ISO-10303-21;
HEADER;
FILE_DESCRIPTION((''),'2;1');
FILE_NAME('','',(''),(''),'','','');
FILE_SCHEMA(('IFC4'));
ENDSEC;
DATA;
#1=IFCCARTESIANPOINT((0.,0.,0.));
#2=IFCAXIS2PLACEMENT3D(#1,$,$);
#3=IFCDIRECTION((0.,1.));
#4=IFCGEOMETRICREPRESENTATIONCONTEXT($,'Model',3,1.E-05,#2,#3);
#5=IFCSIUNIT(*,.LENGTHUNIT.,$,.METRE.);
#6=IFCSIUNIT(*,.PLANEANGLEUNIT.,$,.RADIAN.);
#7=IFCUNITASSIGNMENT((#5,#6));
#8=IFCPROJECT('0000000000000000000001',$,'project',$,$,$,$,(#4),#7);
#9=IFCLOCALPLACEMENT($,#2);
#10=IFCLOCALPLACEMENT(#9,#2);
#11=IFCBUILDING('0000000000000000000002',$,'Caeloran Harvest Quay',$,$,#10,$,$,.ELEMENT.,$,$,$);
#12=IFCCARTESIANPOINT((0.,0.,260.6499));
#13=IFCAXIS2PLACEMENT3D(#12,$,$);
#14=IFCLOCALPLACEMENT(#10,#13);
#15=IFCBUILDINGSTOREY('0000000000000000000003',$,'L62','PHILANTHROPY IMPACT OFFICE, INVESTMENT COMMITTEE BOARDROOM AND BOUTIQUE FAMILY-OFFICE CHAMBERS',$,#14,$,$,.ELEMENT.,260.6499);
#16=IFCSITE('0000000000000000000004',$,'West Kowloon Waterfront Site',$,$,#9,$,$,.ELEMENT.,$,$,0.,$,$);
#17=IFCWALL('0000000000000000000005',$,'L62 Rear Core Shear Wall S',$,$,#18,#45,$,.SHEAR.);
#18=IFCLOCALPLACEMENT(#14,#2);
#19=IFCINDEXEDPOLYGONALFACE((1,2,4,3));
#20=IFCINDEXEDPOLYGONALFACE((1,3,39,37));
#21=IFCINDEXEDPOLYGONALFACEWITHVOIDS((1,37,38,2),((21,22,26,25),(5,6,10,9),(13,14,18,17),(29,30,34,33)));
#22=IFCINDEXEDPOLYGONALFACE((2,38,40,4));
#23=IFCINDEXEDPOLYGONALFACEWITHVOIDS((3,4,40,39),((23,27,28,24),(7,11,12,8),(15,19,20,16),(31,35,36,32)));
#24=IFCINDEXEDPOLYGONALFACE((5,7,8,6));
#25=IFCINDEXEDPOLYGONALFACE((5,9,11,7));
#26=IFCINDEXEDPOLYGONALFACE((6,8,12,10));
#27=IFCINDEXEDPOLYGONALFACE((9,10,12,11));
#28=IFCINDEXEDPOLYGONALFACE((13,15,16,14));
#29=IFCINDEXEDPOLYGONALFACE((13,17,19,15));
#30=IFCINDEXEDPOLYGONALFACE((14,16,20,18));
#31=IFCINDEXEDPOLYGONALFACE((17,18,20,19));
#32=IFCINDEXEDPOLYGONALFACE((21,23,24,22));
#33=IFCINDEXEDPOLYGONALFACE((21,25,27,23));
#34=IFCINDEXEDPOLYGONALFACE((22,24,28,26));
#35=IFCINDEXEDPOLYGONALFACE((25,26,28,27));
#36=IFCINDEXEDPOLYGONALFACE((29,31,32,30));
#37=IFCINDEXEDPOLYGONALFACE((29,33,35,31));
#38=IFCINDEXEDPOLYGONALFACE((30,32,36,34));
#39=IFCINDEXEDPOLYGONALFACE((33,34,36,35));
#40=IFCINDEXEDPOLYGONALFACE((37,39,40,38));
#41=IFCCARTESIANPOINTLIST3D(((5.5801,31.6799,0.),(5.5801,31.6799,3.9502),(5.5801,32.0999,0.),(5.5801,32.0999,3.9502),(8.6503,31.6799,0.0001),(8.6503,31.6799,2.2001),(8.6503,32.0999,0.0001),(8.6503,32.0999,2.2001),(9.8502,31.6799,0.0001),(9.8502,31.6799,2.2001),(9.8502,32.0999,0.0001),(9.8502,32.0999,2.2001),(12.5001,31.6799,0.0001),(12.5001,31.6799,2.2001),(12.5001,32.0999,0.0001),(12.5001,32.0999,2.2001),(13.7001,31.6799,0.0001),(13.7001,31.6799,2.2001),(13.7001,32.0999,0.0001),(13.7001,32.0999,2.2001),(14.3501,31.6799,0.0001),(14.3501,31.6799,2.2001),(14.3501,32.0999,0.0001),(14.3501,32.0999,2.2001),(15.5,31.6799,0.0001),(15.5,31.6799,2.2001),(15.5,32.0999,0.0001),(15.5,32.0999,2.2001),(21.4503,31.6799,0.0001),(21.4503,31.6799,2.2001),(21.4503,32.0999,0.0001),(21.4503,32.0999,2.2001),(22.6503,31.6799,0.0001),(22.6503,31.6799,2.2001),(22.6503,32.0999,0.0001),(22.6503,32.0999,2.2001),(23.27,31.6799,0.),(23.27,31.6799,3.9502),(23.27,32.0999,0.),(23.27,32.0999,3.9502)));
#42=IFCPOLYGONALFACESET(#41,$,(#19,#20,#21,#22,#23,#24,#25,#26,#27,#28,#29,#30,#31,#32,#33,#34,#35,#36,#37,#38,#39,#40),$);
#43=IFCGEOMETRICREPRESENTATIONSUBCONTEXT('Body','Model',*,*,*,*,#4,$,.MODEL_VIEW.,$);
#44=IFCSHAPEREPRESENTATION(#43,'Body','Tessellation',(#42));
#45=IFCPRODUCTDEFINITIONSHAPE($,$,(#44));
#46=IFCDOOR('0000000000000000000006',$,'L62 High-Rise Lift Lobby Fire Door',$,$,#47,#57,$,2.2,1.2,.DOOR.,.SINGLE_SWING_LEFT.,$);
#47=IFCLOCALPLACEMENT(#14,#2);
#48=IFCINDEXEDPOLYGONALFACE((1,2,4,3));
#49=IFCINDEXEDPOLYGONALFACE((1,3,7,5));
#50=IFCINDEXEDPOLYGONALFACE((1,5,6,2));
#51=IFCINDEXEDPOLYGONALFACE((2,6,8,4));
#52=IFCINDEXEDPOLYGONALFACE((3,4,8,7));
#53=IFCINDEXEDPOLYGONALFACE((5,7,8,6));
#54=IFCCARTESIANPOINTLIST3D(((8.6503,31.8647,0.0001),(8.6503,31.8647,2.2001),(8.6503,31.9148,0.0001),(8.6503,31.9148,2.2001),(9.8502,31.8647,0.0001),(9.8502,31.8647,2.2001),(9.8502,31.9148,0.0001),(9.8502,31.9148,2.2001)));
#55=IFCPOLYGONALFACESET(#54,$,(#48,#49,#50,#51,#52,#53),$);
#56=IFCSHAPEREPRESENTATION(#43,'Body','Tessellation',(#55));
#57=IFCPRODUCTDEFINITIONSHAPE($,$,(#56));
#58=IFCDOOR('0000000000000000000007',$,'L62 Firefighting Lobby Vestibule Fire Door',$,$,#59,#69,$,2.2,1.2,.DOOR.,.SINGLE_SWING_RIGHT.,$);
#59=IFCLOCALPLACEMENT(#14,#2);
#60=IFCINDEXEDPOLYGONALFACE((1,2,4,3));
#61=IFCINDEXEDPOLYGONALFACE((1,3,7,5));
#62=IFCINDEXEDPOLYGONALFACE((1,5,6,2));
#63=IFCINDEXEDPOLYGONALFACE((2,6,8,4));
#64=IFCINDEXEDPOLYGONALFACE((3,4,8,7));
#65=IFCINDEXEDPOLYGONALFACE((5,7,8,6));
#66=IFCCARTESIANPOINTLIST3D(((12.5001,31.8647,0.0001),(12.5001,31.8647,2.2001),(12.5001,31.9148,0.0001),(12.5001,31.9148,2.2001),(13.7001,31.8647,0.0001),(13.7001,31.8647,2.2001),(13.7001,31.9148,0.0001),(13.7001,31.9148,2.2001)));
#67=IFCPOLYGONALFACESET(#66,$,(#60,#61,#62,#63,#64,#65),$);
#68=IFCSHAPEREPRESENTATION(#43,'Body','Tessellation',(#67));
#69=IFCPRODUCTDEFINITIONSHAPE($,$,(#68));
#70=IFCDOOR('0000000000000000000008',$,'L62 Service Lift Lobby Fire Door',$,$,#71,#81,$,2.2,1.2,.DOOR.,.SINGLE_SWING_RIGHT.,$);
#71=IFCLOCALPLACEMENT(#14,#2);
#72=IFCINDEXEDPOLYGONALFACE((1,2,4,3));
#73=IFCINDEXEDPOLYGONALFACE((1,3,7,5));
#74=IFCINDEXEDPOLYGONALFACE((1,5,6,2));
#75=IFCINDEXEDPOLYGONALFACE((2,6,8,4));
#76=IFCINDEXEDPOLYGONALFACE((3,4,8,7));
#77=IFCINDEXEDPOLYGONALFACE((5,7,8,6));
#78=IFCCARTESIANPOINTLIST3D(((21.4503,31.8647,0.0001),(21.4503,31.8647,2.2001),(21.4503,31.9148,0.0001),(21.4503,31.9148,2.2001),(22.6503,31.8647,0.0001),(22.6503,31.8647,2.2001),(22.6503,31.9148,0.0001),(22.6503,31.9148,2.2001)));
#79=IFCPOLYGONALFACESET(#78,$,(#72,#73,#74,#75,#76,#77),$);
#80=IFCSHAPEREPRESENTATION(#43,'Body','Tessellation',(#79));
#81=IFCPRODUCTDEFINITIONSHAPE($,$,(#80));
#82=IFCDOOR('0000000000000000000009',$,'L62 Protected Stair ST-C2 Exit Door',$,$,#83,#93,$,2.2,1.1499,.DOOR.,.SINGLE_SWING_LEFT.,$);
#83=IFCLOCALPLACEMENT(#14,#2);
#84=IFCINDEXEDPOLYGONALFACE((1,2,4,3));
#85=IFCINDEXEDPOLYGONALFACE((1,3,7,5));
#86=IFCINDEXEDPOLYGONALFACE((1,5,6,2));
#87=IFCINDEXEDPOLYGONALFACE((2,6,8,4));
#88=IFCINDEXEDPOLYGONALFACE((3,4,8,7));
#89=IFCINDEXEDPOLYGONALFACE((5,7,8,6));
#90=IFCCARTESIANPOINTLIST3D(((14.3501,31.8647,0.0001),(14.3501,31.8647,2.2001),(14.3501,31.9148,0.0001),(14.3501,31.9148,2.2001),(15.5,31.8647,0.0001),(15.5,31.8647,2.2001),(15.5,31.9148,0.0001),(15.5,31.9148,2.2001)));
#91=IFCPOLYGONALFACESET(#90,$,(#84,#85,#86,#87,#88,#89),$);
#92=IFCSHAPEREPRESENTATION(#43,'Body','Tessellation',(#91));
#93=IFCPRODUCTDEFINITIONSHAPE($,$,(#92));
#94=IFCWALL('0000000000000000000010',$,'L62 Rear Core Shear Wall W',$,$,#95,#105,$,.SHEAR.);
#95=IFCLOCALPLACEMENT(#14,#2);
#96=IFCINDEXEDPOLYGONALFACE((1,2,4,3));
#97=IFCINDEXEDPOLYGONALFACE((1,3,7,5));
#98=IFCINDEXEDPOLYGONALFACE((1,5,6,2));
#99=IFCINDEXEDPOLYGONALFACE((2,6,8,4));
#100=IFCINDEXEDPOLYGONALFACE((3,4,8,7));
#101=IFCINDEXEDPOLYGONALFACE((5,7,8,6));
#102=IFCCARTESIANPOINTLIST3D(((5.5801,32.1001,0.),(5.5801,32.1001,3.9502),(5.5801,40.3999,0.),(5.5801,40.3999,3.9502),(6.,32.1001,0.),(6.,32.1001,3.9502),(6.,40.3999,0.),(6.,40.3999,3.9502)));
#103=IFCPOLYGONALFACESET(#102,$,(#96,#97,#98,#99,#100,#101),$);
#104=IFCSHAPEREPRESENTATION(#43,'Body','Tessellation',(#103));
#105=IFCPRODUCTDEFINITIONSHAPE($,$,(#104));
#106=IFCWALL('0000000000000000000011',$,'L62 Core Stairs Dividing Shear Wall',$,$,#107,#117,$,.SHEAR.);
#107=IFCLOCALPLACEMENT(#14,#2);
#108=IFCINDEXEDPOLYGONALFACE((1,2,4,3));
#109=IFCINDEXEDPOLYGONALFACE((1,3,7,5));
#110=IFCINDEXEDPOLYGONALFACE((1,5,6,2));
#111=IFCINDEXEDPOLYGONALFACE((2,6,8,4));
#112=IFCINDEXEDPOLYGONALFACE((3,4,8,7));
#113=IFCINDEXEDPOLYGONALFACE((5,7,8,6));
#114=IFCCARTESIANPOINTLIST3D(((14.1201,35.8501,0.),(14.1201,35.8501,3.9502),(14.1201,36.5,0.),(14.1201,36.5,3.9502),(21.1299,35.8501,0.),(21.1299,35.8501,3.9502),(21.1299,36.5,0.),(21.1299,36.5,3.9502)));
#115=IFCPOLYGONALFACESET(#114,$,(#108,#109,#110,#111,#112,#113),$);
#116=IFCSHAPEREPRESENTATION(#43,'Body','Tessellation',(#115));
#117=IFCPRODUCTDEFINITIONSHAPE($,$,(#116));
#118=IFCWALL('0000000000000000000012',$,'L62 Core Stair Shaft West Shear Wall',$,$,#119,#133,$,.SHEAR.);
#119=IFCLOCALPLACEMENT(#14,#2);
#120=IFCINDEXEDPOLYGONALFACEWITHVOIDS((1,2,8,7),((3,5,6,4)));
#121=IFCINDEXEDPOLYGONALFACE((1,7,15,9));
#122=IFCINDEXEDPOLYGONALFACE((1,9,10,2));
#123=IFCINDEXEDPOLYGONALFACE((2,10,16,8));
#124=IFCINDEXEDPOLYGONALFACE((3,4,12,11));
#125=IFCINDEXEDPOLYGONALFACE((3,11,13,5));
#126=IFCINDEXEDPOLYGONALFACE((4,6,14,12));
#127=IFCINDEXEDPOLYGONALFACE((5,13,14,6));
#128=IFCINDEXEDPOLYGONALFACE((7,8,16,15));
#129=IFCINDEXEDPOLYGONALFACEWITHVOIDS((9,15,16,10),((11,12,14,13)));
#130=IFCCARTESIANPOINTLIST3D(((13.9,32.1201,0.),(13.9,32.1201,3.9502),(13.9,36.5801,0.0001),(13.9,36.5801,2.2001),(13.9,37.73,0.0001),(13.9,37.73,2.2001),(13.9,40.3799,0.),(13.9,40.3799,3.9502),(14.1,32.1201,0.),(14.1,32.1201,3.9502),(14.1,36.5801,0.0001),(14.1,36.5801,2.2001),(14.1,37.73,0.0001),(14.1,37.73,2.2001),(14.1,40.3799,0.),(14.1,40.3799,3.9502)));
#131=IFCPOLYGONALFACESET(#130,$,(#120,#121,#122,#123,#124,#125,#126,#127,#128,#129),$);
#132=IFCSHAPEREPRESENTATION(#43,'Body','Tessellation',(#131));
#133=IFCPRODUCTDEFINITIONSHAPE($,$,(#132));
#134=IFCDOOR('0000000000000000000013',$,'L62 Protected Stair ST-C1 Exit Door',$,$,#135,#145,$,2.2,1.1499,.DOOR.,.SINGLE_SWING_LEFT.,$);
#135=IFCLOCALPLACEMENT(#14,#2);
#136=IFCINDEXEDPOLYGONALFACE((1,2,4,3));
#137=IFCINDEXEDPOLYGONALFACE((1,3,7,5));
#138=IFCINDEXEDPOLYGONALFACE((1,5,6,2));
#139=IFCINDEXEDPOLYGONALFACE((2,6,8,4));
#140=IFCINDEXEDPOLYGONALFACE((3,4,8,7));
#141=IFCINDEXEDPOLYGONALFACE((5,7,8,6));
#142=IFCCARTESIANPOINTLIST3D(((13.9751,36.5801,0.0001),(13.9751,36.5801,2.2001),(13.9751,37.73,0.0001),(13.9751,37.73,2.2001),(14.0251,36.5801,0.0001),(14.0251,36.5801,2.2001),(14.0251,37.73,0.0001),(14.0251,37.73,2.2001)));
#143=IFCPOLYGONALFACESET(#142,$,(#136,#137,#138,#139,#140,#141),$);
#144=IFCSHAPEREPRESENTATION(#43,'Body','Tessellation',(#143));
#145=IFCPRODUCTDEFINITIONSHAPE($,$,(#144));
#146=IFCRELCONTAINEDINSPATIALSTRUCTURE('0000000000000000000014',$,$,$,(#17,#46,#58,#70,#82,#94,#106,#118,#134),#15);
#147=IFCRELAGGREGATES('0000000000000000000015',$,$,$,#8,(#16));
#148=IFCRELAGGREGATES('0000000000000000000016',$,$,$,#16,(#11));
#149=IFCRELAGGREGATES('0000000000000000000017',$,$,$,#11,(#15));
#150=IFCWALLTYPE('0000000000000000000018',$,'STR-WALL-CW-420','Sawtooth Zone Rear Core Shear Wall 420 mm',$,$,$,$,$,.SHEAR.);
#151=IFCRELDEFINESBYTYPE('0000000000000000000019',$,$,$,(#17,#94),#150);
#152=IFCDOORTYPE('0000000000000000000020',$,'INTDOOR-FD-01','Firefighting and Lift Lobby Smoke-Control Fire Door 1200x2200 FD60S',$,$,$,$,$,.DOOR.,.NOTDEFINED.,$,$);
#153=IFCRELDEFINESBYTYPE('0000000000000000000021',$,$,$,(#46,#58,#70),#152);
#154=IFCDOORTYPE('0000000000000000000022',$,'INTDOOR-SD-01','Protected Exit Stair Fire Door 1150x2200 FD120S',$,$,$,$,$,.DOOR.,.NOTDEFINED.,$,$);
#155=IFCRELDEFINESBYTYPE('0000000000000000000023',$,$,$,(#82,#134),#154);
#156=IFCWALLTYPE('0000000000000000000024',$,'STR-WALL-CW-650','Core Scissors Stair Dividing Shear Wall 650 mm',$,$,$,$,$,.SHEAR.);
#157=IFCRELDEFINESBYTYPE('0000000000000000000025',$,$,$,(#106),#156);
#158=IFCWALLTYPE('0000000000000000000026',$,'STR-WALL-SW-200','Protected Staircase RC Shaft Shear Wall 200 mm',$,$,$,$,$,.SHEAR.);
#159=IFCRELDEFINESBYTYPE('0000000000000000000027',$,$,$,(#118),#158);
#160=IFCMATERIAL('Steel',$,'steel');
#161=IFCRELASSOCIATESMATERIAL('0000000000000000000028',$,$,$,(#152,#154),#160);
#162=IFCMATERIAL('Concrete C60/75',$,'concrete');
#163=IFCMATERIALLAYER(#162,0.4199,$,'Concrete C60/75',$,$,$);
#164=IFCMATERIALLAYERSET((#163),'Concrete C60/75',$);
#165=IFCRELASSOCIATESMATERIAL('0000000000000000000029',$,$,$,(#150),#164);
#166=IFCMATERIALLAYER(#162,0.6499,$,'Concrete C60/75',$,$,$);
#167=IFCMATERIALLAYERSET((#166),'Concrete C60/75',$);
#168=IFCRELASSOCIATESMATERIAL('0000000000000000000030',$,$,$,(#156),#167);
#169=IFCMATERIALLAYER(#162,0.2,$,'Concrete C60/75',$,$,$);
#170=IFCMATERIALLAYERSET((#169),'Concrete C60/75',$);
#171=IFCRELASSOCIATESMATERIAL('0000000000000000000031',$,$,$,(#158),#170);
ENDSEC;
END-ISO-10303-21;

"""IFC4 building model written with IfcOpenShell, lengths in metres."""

from ifc_helpers import new_model, si_unit, direction, frame, frame_2d, origin, place, context, subcontext, project, spatial, rectangle, extrude, material, layer, layer_set, type_object, element, fill, save


model = new_model("IFC4")

# Units and contexts
model_context = context("Model", 3, precision=1e-05, world=origin(), true_north=direction((0.0, 1.0)))
body_context = subcontext(model_context, "Body", "Model", "MODEL_VIEW")
ifc_project = project(units=[si_unit("LENGTHUNIT", "METRE"), si_unit("PLANEANGLEUNIT", "RADIAN")], contexts=[model_context])

# Site, building, storey
site_placement = place(None, origin())
site = spatial("IfcSite", under=ifc_project, at=site_placement, Name="West Kowloon Waterfront Site", CompositionType="ELEMENT", RefElevation=0.0)
building_placement = place(site_placement, origin())
building = spatial("IfcBuilding", under=site, at=building_placement, Name="Caeloran Harvest Quay", CompositionType="ELEMENT")
storey_placement = place(building_placement, frame((0.0, 0.0, 260.6499)))
storey = spatial("IfcBuildingStorey", under=building, at=storey_placement, Name="L62", Description="PHILANTHROPY IMPACT OFFICE, INVESTMENT COMMITTEE BOARDROOM AND BOUTIQUE FAMILY-OFFICE CHAMBERS", CompositionType="ELEMENT", Elevation=260.6499)

# Shared definitions
ifc_material_1 = material(Name="Concrete C60/75", Category="concrete")

# Shared definitions
ifc_material_2 = material(Name="Steel", Category="steel")
door_type_1 = type_object("IfcDoorType", Name="INTDOOR-FD-01", Description="Firefighting and Lift Lobby Smoke-Control Fire Door 1200x2200 FD60S", OperationType="NOTDEFINED", PredefinedType="DOOR", material=ifc_material_2)

# Wall, openings, doors
ifc_layer_1 = layer(ifc_material_1, 0.4199, Name="Concrete C60/75")
ifc_layer_set_1 = layer_set([ifc_layer_1], Name="Concrete C60/75")
wall_type_1 = type_object("IfcWallType", Name="STR-WALL-CW-420", Description="Sawtooth Zone Rear Core Shear Wall 420 mm", PredefinedType="SHEAR", material=ifc_layer_set_1)
wall_1_placement = place(storey_placement, frame((5.5801, 31.8899, 0.0), z_axis=(0.0, 0.0, 1.0), x_axis=(1.0, 0.0, 0.0)))
wall_1 = element("IfcWall", 1, at=wall_1_placement, inside=storey, type_object=wall_type_1, Name="L62 Rear Core Shear Wall S", PredefinedType="SHEAR", context=body_context, shape_type="SweptSolid", body=[
    extrude(rectangle(XDim=17.6899, YDim=0.4199, at=frame_2d((8.845, 0.0))), origin(), (0.0, 0.0, 1.0), 3.9502),
])
opening_1_placement = place(wall_1_placement, frame((3.0701, 0.0, 0.0)))
opening_1 = element("IfcOpeningElement", 2, at=opening_1_placement, cuts=wall_1, PredefinedType="OPENING", context=body_context, shape_type="SweptSolid", body=[
    extrude(rectangle(XDim=1.2, YDim=2.2, at=frame_2d((0.6001, 1.1001))), frame((0.0, 0.22, 0.0), z_axis=(0.0, -1.0, 0.0), x_axis=(1.0, 0.0, 0.0)), (0.0, 0.0, 1.0), 0.4399),
])
opening_2_placement = place(wall_1_placement, frame((6.9199, 0.0, 0.0)))
opening_2 = element("IfcOpeningElement", 3, at=opening_2_placement, cuts=wall_1, PredefinedType="OPENING", context=body_context, shape_type="SweptSolid", body=[
    extrude(rectangle(XDim=1.2, YDim=2.2, at=frame_2d((0.6001, 1.1001))), frame((0.0, 0.22, 0.0), z_axis=(0.0, -1.0, 0.0), x_axis=(1.0, 0.0, 0.0)), (0.0, 0.0, 1.0), 0.4399),
])
opening_3_placement = place(wall_1_placement, frame((8.77, 0.0, 0.0)))
opening_3 = element("IfcOpeningElement", 4, at=opening_3_placement, cuts=wall_1, PredefinedType="OPENING", context=body_context, shape_type="SweptSolid", body=[
    extrude(rectangle(XDim=1.1499, YDim=2.2, at=frame_2d((0.575, 1.1001))), frame((0.0, 0.22, 0.0), z_axis=(0.0, -1.0, 0.0), x_axis=(1.0, 0.0, 0.0)), (0.0, 0.0, 1.0), 0.4399),
])
opening_4_placement = place(wall_1_placement, frame((15.8701, 0.0, 0.0)))
opening_4 = element("IfcOpeningElement", 5, at=opening_4_placement, cuts=wall_1, PredefinedType="OPENING", context=body_context, shape_type="SweptSolid", body=[
    extrude(rectangle(XDim=1.2, YDim=2.2, at=frame_2d((0.6001, 1.1001))), frame((0.0, 0.22, 0.0), z_axis=(0.0, -1.0, 0.0), x_axis=(1.0, 0.0, 0.0)), (0.0, 0.0, 1.0), 0.4399),
])
door_1_placement = place(opening_1_placement, origin())
door_1 = element("IfcDoor", 6, at=door_1_placement, inside=storey, type_object=door_type_1, Name="L62 High-Rise Lift Lobby Fire Door", OperationType="SINGLE_SWING_LEFT", OverallHeight=2.2, OverallWidth=1.2, PredefinedType="DOOR", context=body_context, shape_type="SweptSolid", body=[
    extrude(rectangle(XDim=1.2, YDim=2.2, at=frame_2d((0.6001, 1.1001))), frame((0.0, 0.0249, 0.0), z_axis=(0.0, -1.0, 0.0), x_axis=(1.0, 0.0, 0.0)), (0.0, 0.0, 1.0), 0.05),
])
fill(opening_1, door_1)
door_2_placement = place(opening_2_placement, origin())
door_2 = element("IfcDoor", 7, at=door_2_placement, inside=storey, type_object=door_type_1, Name="L62 Firefighting Lobby Vestibule Fire Door", OperationType="SINGLE_SWING_RIGHT", OverallHeight=2.2, OverallWidth=1.2, PredefinedType="DOOR", context=body_context, shape_type="SweptSolid", body=[
    extrude(rectangle(XDim=1.2, YDim=2.2, at=frame_2d((0.6001, 1.1001))), frame((0.0, 0.0249, 0.0), z_axis=(0.0, -1.0, 0.0), x_axis=(1.0, 0.0, 0.0)), (0.0, 0.0, 1.0), 0.05),
])
fill(opening_2, door_2)
door_3_placement = place(opening_4_placement, origin())
door_3 = element("IfcDoor", 8, at=door_3_placement, inside=storey, type_object=door_type_1, Name="L62 Service Lift Lobby Fire Door", OperationType="SINGLE_SWING_RIGHT", OverallHeight=2.2, OverallWidth=1.2, PredefinedType="DOOR", context=body_context, shape_type="SweptSolid", body=[
    extrude(rectangle(XDim=1.2, YDim=2.2, at=frame_2d((0.6001, 1.1001))), frame((0.0, 0.0249, 0.0), z_axis=(0.0, -1.0, 0.0), x_axis=(1.0, 0.0, 0.0)), (0.0, 0.0, 1.0), 0.05),
])
fill(opening_4, door_3)
door_type_2 = type_object("IfcDoorType", Name="INTDOOR-SD-01", Description="Protected Exit Stair Fire Door 1150x2200 FD120S", OperationType="NOTDEFINED", PredefinedType="DOOR", material=ifc_material_2)
door_4_placement = place(opening_3_placement, origin())
door_4 = element("IfcDoor", 9, at=door_4_placement, inside=storey, type_object=door_type_2, Name="L62 Protected Stair ST-C2 Exit Door", OperationType="SINGLE_SWING_LEFT", OverallHeight=2.2, OverallWidth=1.1499, PredefinedType="DOOR", context=body_context, shape_type="SweptSolid", body=[
    extrude(rectangle(XDim=1.1499, YDim=2.2, at=frame_2d((0.575, 1.1001))), frame((0.0, 0.0249, 0.0), z_axis=(0.0, -1.0, 0.0), x_axis=(1.0, 0.0, 0.0)), (0.0, 0.0, 1.0), 0.05),
])
fill(opening_3, door_4)

# Walls
wall_2_placement = place(storey_placement, frame((5.79, 32.1001, 0.0), z_axis=(0.0, 0.0, 1.0), x_axis=(0.0, 1.0, 0.0)))
element("IfcWall", 10, at=wall_2_placement, inside=storey, type_object=wall_type_1, Name="L62 Rear Core Shear Wall W", PredefinedType="SHEAR", context=body_context, shape_type="SweptSolid", body=[
    extrude(rectangle(XDim=8.2998, YDim=0.4199, at=frame_2d((4.1499, 0.0))), origin(), (0.0, 0.0, 1.0), 3.9502),
])
ifc_layer_2 = layer(ifc_material_1, 0.6499, Name="Concrete C60/75")
ifc_layer_set_2 = layer_set([ifc_layer_2], Name="Concrete C60/75")
wall_type_2 = type_object("IfcWallType", Name="STR-WALL-CW-650", Description="Core Scissors Stair Dividing Shear Wall 650 mm", PredefinedType="SHEAR", material=ifc_layer_set_2)
wall_3_placement = place(storey_placement, frame((14.1201, 36.175, 0.0), z_axis=(0.0, 0.0, 1.0), x_axis=(1.0, 0.0, 0.0)))
element("IfcWall", 11, at=wall_3_placement, inside=storey, type_object=wall_type_2, Name="L62 Core Stairs Dividing Shear Wall", PredefinedType="SHEAR", context=body_context, shape_type="SweptSolid", body=[
    extrude(rectangle(XDim=7.0098, YDim=0.6499, at=frame_2d((3.5049, 0.0))), origin(), (0.0, 0.0, 1.0), 3.9502),
])

# Wall, opening, door
ifc_layer_3 = layer(ifc_material_1, 0.2, Name="Concrete C60/75")
ifc_layer_set_3 = layer_set([ifc_layer_3], Name="Concrete C60/75")
wall_type_3 = type_object("IfcWallType", Name="STR-WALL-SW-200", Description="Protected Staircase RC Shaft Shear Wall 200 mm", PredefinedType="SHEAR", material=ifc_layer_set_3)
wall_4_placement = place(storey_placement, frame((14.0, 32.1201, 0.0), z_axis=(0.0, 0.0, 1.0), x_axis=(0.0, 1.0, 0.0)))
wall_4 = element("IfcWall", 12, at=wall_4_placement, inside=storey, type_object=wall_type_3, Name="L62 Core Stair Shaft West Shear Wall", PredefinedType="SHEAR", context=body_context, shape_type="SweptSolid", body=[
    extrude(rectangle(XDim=8.2598, YDim=0.2, at=frame_2d((4.1299, 0.0))), origin(), (0.0, 0.0, 1.0), 3.9502),
])
opening_5_placement = place(wall_4_placement, frame((4.46, 0.0, 0.0)))
opening_5 = element("IfcOpeningElement", 13, at=opening_5_placement, cuts=wall_4, PredefinedType="OPENING", context=body_context, shape_type="SweptSolid", body=[
    extrude(rectangle(XDim=1.1499, YDim=2.2, at=frame_2d((0.575, 1.1001))), frame((0.0, 0.1099, 0.0), z_axis=(0.0, -1.0, 0.0), x_axis=(1.0, 0.0, 0.0)), (0.0, 0.0, 1.0), 0.22),
])
door_5_placement = place(opening_5_placement, origin())
door_5 = element("IfcDoor", 14, at=door_5_placement, inside=storey, type_object=door_type_2, Name="L62 Protected Stair ST-C1 Exit Door", OperationType="SINGLE_SWING_LEFT", OverallHeight=2.2, OverallWidth=1.1499, PredefinedType="DOOR", context=body_context, shape_type="SweptSolid", body=[
    extrude(rectangle(XDim=1.1499, YDim=2.2, at=frame_2d((0.575, 1.1001))), frame((0.0, 0.0249, 0.0), z_axis=(0.0, -1.0, 0.0), x_axis=(1.0, 0.0, 0.0)), (0.0, 0.0, 1.0), 0.05),
])
fill(opening_5, door_5)

save(model, "model.ifc")
